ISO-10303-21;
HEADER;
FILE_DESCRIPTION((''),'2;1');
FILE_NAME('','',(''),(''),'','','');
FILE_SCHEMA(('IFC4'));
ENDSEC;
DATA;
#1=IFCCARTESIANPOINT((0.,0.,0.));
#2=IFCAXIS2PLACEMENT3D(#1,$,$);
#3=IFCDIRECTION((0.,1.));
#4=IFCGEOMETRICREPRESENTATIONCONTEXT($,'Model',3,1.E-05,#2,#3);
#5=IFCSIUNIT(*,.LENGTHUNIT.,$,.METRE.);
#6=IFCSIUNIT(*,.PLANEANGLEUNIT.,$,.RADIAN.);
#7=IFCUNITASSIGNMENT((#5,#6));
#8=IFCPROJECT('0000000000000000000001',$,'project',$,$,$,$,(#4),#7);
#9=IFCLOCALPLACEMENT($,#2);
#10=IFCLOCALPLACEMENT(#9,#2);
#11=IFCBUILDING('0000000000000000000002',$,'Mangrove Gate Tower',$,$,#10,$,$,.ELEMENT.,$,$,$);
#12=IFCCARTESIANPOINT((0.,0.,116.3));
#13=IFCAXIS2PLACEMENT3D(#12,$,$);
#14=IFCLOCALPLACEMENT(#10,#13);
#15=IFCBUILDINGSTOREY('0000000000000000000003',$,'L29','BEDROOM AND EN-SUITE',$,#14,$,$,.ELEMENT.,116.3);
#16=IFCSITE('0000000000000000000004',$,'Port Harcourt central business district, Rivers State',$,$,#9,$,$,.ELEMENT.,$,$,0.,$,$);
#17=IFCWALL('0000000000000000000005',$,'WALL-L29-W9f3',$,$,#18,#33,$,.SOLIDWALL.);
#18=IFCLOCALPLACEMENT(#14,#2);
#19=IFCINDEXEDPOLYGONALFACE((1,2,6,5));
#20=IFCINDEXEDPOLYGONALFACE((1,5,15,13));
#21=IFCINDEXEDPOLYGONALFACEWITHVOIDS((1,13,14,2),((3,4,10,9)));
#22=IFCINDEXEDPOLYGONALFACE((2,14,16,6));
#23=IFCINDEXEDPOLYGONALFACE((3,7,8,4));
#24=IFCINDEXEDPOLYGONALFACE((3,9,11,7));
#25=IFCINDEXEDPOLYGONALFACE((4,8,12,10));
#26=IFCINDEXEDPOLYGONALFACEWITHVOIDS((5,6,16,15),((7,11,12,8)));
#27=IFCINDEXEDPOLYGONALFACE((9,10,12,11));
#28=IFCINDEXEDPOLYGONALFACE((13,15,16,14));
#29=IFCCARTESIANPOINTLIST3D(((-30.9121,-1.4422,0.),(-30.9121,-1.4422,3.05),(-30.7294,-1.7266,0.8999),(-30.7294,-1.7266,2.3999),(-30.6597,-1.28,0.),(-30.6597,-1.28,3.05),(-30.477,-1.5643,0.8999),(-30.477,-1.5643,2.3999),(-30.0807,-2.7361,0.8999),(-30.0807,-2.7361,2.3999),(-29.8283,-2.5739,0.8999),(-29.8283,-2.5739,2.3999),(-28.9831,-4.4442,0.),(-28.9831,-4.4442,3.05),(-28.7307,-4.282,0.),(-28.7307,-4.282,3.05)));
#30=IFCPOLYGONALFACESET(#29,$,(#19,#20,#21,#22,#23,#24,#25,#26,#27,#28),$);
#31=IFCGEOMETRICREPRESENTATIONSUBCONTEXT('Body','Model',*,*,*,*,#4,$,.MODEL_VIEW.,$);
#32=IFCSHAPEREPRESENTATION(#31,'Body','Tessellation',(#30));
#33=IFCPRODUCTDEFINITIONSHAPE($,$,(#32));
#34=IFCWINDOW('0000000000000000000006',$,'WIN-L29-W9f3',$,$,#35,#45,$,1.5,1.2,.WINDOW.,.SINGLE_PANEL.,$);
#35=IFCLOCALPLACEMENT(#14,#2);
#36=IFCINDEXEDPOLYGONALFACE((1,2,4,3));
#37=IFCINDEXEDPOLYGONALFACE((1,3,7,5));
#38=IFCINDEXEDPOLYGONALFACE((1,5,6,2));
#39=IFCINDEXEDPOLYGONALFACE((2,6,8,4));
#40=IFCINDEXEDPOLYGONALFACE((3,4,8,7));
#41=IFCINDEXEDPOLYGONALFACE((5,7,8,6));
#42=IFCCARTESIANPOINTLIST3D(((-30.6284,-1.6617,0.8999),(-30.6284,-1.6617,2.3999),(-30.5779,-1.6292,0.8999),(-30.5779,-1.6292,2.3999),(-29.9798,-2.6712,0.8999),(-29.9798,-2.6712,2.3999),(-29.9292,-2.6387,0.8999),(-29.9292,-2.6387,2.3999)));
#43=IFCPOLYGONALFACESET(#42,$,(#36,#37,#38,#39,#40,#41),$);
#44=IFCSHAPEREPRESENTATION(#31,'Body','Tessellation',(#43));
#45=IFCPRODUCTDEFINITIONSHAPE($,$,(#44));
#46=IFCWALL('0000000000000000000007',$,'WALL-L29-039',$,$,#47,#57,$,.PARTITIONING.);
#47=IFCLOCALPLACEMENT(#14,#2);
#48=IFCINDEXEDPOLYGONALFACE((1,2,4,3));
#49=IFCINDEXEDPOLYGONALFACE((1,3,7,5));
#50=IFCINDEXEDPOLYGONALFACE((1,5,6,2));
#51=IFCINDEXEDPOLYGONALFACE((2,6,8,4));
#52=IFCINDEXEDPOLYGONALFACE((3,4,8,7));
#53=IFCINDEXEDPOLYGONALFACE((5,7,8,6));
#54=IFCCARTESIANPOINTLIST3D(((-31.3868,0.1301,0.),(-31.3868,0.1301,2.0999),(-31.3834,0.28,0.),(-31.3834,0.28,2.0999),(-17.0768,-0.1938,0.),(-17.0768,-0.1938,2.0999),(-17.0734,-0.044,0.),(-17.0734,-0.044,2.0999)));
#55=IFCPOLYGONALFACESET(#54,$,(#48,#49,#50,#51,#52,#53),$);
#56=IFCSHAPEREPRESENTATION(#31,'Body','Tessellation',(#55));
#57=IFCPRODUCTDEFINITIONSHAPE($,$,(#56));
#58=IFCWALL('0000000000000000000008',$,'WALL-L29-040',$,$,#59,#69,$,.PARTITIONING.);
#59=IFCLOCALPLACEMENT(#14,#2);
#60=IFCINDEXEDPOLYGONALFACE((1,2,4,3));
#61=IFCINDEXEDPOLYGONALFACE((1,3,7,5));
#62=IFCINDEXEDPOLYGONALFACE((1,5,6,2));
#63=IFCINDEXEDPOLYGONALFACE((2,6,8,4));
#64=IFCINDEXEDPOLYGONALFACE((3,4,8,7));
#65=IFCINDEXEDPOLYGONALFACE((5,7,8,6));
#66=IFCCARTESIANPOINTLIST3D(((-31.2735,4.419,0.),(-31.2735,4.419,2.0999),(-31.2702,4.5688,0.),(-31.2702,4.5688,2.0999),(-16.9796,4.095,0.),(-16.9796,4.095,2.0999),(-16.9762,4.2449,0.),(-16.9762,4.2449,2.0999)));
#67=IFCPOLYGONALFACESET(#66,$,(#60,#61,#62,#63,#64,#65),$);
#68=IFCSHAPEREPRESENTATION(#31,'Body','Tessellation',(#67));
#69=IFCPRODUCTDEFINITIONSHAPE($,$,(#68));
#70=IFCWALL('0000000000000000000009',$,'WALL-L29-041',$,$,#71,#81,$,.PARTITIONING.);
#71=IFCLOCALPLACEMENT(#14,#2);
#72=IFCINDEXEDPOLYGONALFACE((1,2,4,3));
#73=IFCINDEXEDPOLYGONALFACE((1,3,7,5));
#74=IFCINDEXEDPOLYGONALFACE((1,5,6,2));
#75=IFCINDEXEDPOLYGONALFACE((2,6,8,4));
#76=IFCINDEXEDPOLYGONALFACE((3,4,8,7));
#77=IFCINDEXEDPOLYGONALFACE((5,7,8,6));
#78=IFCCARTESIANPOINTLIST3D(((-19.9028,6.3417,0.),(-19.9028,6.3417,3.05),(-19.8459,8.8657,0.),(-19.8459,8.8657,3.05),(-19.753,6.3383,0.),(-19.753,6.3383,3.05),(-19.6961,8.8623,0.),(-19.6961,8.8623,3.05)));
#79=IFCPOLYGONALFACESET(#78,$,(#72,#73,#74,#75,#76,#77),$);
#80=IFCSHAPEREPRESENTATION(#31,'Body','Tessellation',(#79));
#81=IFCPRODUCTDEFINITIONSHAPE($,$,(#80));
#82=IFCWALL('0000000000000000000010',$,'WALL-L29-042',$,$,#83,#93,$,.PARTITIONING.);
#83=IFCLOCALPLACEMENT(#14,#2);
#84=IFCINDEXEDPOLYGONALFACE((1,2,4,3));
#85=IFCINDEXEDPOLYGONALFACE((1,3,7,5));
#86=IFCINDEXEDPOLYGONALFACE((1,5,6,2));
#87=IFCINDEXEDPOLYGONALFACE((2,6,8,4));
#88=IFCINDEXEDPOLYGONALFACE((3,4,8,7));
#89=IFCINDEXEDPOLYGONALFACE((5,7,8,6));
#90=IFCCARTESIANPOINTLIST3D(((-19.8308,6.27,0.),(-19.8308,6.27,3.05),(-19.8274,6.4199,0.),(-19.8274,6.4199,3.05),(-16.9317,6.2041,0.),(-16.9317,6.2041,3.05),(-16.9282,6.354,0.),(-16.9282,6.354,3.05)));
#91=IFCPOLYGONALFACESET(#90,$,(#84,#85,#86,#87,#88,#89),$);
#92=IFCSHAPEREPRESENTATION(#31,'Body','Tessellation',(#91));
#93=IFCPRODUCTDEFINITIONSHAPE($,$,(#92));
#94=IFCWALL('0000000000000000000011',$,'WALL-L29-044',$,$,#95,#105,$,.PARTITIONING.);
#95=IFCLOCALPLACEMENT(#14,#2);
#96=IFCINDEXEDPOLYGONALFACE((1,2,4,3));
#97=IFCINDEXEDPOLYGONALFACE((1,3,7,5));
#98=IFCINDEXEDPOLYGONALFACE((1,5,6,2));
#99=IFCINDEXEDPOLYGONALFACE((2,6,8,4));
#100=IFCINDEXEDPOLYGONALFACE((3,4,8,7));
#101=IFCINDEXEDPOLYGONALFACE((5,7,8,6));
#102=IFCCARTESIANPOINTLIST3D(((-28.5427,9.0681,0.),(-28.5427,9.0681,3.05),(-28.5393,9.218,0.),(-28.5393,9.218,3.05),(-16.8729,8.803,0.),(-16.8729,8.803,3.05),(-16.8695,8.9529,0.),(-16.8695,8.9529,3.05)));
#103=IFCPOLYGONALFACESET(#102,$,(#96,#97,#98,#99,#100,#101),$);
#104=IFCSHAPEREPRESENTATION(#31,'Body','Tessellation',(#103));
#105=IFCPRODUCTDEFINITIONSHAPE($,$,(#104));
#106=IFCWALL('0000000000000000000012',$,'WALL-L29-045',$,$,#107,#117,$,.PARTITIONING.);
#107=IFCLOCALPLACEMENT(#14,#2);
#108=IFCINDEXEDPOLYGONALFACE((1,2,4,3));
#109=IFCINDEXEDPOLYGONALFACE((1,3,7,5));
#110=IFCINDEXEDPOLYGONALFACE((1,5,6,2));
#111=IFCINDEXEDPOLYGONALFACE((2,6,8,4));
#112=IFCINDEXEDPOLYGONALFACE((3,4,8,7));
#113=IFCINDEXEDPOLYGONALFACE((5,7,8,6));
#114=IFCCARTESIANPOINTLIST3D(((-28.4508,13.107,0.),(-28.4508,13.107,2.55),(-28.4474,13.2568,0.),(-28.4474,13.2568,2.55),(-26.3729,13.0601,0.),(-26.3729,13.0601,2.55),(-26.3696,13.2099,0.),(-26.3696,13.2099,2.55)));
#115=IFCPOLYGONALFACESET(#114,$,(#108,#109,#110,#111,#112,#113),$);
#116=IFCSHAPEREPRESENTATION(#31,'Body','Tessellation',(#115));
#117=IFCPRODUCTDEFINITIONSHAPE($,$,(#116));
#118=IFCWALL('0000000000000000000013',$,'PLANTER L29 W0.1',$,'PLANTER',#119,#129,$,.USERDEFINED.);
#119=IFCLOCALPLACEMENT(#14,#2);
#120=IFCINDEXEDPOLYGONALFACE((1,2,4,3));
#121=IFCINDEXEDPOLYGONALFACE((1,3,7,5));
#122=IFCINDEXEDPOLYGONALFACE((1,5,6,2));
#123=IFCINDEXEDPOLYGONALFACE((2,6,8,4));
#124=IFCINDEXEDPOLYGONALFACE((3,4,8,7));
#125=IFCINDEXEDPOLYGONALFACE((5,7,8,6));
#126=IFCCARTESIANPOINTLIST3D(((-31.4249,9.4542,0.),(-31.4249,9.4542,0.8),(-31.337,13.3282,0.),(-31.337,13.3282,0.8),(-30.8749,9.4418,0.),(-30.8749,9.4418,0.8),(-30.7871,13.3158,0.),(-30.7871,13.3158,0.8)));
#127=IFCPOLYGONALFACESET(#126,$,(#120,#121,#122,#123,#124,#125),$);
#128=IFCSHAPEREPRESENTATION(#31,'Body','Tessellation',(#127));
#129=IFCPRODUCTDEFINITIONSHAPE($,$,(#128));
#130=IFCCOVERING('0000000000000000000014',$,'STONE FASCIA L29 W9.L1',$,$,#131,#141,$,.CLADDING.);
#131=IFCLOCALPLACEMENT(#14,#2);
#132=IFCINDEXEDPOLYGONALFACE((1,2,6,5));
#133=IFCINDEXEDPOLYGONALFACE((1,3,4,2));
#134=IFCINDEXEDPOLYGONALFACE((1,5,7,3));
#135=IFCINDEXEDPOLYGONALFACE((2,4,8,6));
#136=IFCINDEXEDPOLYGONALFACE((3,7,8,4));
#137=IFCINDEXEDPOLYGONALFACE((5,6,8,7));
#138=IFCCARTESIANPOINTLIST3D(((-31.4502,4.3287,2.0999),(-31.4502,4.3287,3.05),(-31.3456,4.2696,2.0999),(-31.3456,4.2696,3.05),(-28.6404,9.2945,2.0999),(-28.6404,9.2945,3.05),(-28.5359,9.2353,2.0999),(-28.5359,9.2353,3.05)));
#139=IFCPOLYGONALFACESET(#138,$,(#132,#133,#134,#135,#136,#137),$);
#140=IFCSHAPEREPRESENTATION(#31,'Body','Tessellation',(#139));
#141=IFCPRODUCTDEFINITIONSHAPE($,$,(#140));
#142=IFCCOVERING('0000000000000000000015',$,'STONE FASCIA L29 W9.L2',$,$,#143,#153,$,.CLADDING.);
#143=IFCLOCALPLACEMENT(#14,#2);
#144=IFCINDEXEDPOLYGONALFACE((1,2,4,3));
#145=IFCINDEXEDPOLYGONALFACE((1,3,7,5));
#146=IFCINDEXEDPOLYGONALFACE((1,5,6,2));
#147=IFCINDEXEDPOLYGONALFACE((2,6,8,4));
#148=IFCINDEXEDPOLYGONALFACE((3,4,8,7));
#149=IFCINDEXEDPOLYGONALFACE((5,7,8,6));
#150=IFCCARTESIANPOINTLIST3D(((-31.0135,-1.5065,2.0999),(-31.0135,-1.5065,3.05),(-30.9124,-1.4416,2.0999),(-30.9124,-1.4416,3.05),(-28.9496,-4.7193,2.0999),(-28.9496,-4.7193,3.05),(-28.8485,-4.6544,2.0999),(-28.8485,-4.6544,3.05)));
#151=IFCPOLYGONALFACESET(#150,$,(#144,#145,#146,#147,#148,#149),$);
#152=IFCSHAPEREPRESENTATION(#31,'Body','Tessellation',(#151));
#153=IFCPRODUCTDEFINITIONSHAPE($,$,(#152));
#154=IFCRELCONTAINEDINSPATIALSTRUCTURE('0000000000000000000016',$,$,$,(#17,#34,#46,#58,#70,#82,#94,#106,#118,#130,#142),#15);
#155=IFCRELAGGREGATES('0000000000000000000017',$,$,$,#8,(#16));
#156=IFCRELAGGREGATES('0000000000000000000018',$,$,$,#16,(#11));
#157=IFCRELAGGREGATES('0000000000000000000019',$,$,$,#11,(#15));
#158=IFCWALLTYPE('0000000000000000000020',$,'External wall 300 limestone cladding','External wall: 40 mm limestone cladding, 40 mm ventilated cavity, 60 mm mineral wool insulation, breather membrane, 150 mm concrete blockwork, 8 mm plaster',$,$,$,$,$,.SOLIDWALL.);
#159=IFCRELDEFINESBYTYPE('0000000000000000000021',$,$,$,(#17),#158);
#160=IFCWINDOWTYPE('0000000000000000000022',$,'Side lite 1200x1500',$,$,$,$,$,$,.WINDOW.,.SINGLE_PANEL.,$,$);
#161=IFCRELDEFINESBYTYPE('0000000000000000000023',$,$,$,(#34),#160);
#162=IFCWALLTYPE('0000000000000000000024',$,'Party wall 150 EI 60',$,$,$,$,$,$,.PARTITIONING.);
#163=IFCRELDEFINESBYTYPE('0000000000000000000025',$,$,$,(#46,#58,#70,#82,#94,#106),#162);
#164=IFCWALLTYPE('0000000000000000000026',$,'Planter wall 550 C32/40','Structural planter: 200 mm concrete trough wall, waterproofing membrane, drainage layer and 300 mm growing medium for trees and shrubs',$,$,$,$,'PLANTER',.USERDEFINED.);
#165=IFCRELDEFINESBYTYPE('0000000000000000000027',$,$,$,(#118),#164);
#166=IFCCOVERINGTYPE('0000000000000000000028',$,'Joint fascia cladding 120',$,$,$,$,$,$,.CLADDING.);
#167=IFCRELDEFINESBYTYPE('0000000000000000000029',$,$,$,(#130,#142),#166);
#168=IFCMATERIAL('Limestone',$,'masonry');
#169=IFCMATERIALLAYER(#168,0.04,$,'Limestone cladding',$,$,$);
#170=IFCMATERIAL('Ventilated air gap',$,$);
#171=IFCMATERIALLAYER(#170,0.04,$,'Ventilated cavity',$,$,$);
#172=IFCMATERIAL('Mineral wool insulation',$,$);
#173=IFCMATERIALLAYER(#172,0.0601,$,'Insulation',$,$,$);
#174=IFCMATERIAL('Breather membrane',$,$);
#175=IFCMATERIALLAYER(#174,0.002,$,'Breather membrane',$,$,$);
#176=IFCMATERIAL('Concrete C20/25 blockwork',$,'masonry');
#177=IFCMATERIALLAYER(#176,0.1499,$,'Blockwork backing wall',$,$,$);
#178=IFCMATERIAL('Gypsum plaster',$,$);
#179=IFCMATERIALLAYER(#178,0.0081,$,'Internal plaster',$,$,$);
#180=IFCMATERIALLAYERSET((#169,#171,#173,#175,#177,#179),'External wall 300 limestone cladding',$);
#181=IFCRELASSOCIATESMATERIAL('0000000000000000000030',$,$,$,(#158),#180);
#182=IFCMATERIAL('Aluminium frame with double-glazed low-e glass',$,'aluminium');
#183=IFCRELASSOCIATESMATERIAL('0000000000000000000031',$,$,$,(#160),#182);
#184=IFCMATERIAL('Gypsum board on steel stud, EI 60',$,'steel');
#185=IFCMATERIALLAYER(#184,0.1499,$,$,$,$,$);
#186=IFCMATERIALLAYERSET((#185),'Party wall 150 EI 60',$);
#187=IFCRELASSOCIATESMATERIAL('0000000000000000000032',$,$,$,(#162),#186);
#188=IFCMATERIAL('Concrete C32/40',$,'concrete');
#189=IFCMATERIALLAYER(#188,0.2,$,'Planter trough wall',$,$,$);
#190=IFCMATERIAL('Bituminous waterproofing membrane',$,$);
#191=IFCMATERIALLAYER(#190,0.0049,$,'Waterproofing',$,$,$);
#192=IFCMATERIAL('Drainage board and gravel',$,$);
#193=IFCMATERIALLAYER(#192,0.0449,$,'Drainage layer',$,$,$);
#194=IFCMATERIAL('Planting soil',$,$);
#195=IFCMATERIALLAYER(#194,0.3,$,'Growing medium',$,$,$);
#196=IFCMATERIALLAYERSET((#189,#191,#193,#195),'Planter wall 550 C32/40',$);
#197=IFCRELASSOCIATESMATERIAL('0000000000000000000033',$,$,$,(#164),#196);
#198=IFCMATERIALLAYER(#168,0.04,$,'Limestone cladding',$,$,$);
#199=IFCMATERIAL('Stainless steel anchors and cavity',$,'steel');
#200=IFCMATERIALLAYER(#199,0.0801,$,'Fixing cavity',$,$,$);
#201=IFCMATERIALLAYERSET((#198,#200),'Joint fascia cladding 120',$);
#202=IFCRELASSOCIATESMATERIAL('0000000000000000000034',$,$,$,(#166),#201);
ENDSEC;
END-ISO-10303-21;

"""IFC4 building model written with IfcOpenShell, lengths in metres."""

from ifc_helpers import new_model, si_unit, direction, frame, frame_2d, origin, place, context, subcontext, project, spatial, rectangle, extrude, material, layer, layer_set, type_object, element, fill, save


model = new_model("IFC4")

# Units and contexts
model_context = context("Model", 3, precision=1e-05, world=origin(), true_north=direction((0.0, 1.0)))
body_context = subcontext(model_context, "Body", "Model", "MODEL_VIEW")
ifc_project = project(units=[si_unit("LENGTHUNIT", "METRE"), si_unit("PLANEANGLEUNIT", "RADIAN")], contexts=[model_context])

# Site, building, storey
site_placement = place(None, origin())
site = spatial("IfcSite", under=ifc_project, at=site_placement, Name="Port Harcourt central business district, Rivers State", CompositionType="ELEMENT", RefElevation=0.0)
building_placement = place(site_placement, origin())
building = spatial("IfcBuilding", under=site, at=building_placement, Name="Mangrove Gate Tower", CompositionType="ELEMENT")
storey_placement = place(building_placement, frame((0.0, 0.0, 116.3)))
storey = spatial("IfcBuildingStorey", under=building, at=storey_placement, Name="L29", Description="BEDROOM AND EN-SUITE", CompositionType="ELEMENT", Elevation=116.3)

# Wall, opening, window
ifc_material_1 = material(Name="Limestone", Category="masonry")
ifc_layer_1 = layer(ifc_material_1, 0.04, Name="Limestone cladding")
ifc_material_2 = material(Name="Ventilated air gap")
ifc_layer_2 = layer(ifc_material_2, 0.04, Name="Ventilated cavity")
ifc_material_3 = material(Name="Mineral wool insulation")
ifc_layer_3 = layer(ifc_material_3, 0.0601, Name="Insulation")
ifc_material_4 = material(Name="Breather membrane")
ifc_layer_4 = layer(ifc_material_4, 0.002, Name="Breather membrane")
ifc_material_5 = material(Name="Concrete C20/25 blockwork", Category="masonry")
ifc_layer_5 = layer(ifc_material_5, 0.1499, Name="Blockwork backing wall")
ifc_material_6 = material(Name="Gypsum plaster")
ifc_layer_6 = layer(ifc_material_6, 0.0081, Name="Internal plaster")
ifc_layer_set_1 = layer_set([ifc_layer_1, ifc_layer_2, ifc_layer_3, ifc_layer_4, ifc_layer_5, ifc_layer_6], Name="External wall 300 limestone cladding")
wall_type_1 = type_object("IfcWallType", Name="External wall 300 limestone cladding", Description="External wall: 40 mm limestone cladding, 40 mm ventilated cavity, 60 mm mineral wool insulation, breather membrane, 150 mm concrete blockwork, 8 mm plaster", PredefinedType="SOLIDWALL", material=ifc_layer_set_1)
ifc_material_7 = material(Name="Aluminium frame with double-glazed low-e glass", Category="aluminium")
window_type = type_object("IfcWindowType", Name="Side lite 1200x1500", PartitioningType="SINGLE_PANEL", PredefinedType="WINDOW", material=ifc_material_7)
wall_1_placement = place(storey_placement, frame((-30.7859, -1.3611, 0.0), z_axis=(0.0, 0.0, 1.0), x_axis=(0.540585, -0.84129, 0.0)))
wall_1 = element("IfcWall", 1, at=wall_1_placement, inside=storey, type_object=wall_type_1, Name="WALL-L29-W9f3", PredefinedType="SOLIDWALL", context=body_context, shape_type="SweptSolid", body=[
    extrude(rectangle(XDim=3.5684, YDim=0.3, at=frame_2d((1.7842, 0.0))), origin(), (0.0, 0.0, 1.0), 3.05),
])
opening_1_placement = place(wall_1_placement, frame((0.3379, 0.0, 0.8999)))
opening_1 = element("IfcOpeningElement", 2, at=opening_1_placement, cuts=wall_1, PredefinedType="OPENING", context=body_context, shape_type="SweptSolid", body=[
    extrude(rectangle(XDim=1.2, YDim=1.5, at=frame_2d((0.6001, 0.75))), frame((0.0, 0.1599, 0.0), z_axis=(0.0, -1.0, 0.0), x_axis=(1.0, 0.0, 0.0)), (0.0, 0.0, 1.0), 0.3201),
])
window_1_placement = place(opening_1_placement, origin())
window_1 = element("IfcWindow", 3, at=window_1_placement, inside=storey, type_object=window_type, Name="WIN-L29-W9f3", OverallHeight=1.5, OverallWidth=1.2, PartitioningType="SINGLE_PANEL", PredefinedType="WINDOW", context=body_context, shape_type="SweptSolid", body=[
    extrude(rectangle(XDim=1.2, YDim=1.5, at=frame_2d((0.6001, 0.75))), frame((0.0, 0.03, 0.0), z_axis=(0.0, -1.0, 0.0), x_axis=(1.0, 0.0, 0.0)), (0.0, 0.0, 1.0), 0.0601),
])
fill(opening_1, window_1)

# Walls
ifc_material_8 = material(Name="Gypsum board on steel stud, EI 60", Category="steel")
ifc_layer_7 = layer(ifc_material_8, 0.1499)
ifc_layer_set_2 = layer_set([ifc_layer_7], Name="Party wall 150 EI 60")
wall_type_2 = type_object("IfcWallType", Name="Party wall 150 EI 60", PredefinedType="PARTITIONING", material=ifc_layer_set_2)
wall_2_placement = place(storey_placement, frame((-31.385, 0.2051, 0.0), z_axis=(0.0, 0.0, 1.0), x_axis=(0.999744, -0.022634, 0.0)))
element("IfcWall", 4, at=wall_2_placement, inside=storey, type_object=wall_type_2, Name="WALL-L29-039", PredefinedType="PARTITIONING", context=body_context, shape_type="SweptSolid", body=[
    extrude(rectangle(XDim=14.3137, YDim=0.1499, at=frame_2d((7.1567, 0.0))), origin(), (0.0, 0.0, 1.0), 2.0999),
])
wall_3_placement = place(storey_placement, frame((-31.272, 4.4939, 0.0), z_axis=(0.0, 0.0, 1.0), x_axis=(0.999743, -0.022659, 0.0)))
element("IfcWall", 5, at=wall_3_placement, inside=storey, type_object=wall_type_2, Name="WALL-L29-040", PredefinedType="PARTITIONING", context=body_context, shape_type="SweptSolid", body=[
    extrude(rectangle(XDim=14.2976, YDim=0.1499, at=frame_2d((7.1489, 0.0))), origin(), (0.0, 0.0, 1.0), 2.0999),
])
wall_4_placement = place(storey_placement, frame((-19.8279, 6.3401, 0.0), z_axis=(0.0, 0.0, 1.0), x_axis=(0.022532, 0.999746, 0.0)))
element("IfcWall", 6, at=wall_4_placement, inside=storey, type_object=wall_type_2, Name="WALL-L29-041", PredefinedType="PARTITIONING", context=body_context, shape_type="SweptSolid", body=[
    extrude(rectangle(XDim=2.5247, YDim=0.1499, at=frame_2d((1.2622, 0.0))), origin(), (0.0, 0.0, 1.0), 3.05),
])
wall_5_placement = place(storey_placement, frame((-19.8291, 6.345, 0.0), z_axis=(0.0, 0.0, 1.0), x_axis=(0.999742, -0.022731, 0.0)))
element("IfcWall", 7, at=wall_5_placement, inside=storey, type_object=wall_type_2, Name="WALL-L29-042", PredefinedType="PARTITIONING", context=body_context, shape_type="SweptSolid", body=[
    extrude(rectangle(XDim=2.8999, YDim=0.1499, at=frame_2d((1.45, 0.0))), origin(), (0.0, 0.0, 1.0), 3.05),
])
wall_6_placement = place(storey_placement, frame((-28.541, 9.1431, 0.0), z_axis=(0.0, 0.0, 1.0), x_axis=(0.999742, -0.022714, 0.0)))
element("IfcWall", 8, at=wall_6_placement, inside=storey, type_object=wall_type_2, Name="WALL-L29-044", PredefinedType="PARTITIONING", context=body_context, shape_type="SweptSolid", body=[
    extrude(rectangle(XDim=11.6729, YDim=0.1499, at=frame_2d((5.8364, 0.0))), origin(), (0.0, 0.0, 1.0), 3.05),
])
wall_7_placement = place(storey_placement, frame((-28.449, 13.1819, 0.0), z_axis=(0.0, 0.0, 1.0), x_axis=(0.999746, -0.022553, 0.0)))
element("IfcWall", 9, at=wall_7_placement, inside=storey, type_object=wall_type_2, Name="WALL-L29-045", PredefinedType="PARTITIONING", context=body_context, shape_type="SweptSolid", body=[
    extrude(rectangle(XDim=2.0784, YDim=0.1499, at=frame_2d((1.0391, 0.0))), origin(), (0.0, 0.0, 1.0), 2.55),
])
ifc_material_9 = material(Name="Concrete C32/40", Category="concrete")
ifc_layer_8 = layer(ifc_material_9, 0.2, Name="Planter trough wall")
ifc_material_10 = material(Name="Bituminous waterproofing membrane")
ifc_layer_9 = layer(ifc_material_10, 0.0049, Name="Waterproofing")
ifc_material_11 = material(Name="Drainage board and gravel")
ifc_layer_10 = layer(ifc_material_11, 0.0449, Name="Drainage layer")
ifc_material_12 = material(Name="Planting soil")
ifc_layer_11 = layer(ifc_material_12, 0.3, Name="Growing medium")
ifc_layer_set_3 = layer_set([ifc_layer_8, ifc_layer_9, ifc_layer_10, ifc_layer_11], Name="Planter wall 550 C32/40")
wall_type_3 = type_object("IfcWallType", Name="Planter wall 550 C32/40", Description="Structural planter: 200 mm concrete trough wall, waterproofing membrane, drainage layer and 300 mm growing medium for trees and shrubs", ElementType="PLANTER", PredefinedType="USERDEFINED", material=ifc_layer_set_3)
wall_8_placement = place(storey_placement, frame((-31.1499, 9.448, 0.0), z_axis=(0.0, 0.0, 1.0), x_axis=(0.022681, 0.999743, 0.0)))
element("IfcWall", 10, at=wall_8_placement, inside=storey, type_object=wall_type_3, Name="PLANTER L29 W0.1", ObjectType="PLANTER", PredefinedType="USERDEFINED", context=body_context, shape_type="SweptSolid", body=[
    extrude(rectangle(XDim=3.875, YDim=0.55, at=frame_2d((1.9375, 0.0))), origin(), (0.0, 0.0, 1.0), 0.8),
])

# Coverings
ifc_layer_12 = layer(ifc_material_1, 0.04, Name="Limestone cladding")
ifc_material_13 = material(Name="Stainless steel anchors and cavity", Category="steel")
ifc_layer_13 = layer(ifc_material_13, 0.0801, Name="Fixing cavity")
ifc_layer_set_4 = layer_set([ifc_layer_12, ifc_layer_13], Name="Joint fascia cladding 120")
covering_type = type_object("IfcCoveringType", Name="Joint fascia cladding 120", PredefinedType="CLADDING", material=ifc_layer_set_4)
covering_1_placement = place(storey_placement, frame((-28.5881, 9.2649, 2.0999), z_axis=(0.0, 0.0, 1.0), x_axis=(-0.492462, -0.870334, 0.0)))
element("IfcCovering", 11, at=covering_1_placement, inside=storey, type_object=covering_type, Name="STONE FASCIA L29 W9.L1", PredefinedType="CLADDING", context=body_context, shape_type="SweptSolid", body=[
    extrude(rectangle(XDim=5.7056, YDim=0.1201, at=frame_2d((2.8528, 0.0))), origin(), (0.0, 0.0, 1.0), 0.9502),
])
covering_2_placement = place(storey_placement, frame((-30.9629, -1.4741, 2.0999), z_axis=(0.0, 0.0, 1.0), x_axis=(0.540486, -0.841353, 0.0)))
element("IfcCovering", 12, at=covering_2_placement, inside=storey, type_object=covering_type, Name="STONE FASCIA L29 W9.L2", PredefinedType="CLADDING", context=body_context, shape_type="SweptSolid", body=[
    extrude(rectangle(XDim=3.8186, YDim=0.1201, at=frame_2d((1.9092, 0.0))), origin(), (0.0, 0.0, 1.0), 0.9502),
])

save(model, "model.ifc")
